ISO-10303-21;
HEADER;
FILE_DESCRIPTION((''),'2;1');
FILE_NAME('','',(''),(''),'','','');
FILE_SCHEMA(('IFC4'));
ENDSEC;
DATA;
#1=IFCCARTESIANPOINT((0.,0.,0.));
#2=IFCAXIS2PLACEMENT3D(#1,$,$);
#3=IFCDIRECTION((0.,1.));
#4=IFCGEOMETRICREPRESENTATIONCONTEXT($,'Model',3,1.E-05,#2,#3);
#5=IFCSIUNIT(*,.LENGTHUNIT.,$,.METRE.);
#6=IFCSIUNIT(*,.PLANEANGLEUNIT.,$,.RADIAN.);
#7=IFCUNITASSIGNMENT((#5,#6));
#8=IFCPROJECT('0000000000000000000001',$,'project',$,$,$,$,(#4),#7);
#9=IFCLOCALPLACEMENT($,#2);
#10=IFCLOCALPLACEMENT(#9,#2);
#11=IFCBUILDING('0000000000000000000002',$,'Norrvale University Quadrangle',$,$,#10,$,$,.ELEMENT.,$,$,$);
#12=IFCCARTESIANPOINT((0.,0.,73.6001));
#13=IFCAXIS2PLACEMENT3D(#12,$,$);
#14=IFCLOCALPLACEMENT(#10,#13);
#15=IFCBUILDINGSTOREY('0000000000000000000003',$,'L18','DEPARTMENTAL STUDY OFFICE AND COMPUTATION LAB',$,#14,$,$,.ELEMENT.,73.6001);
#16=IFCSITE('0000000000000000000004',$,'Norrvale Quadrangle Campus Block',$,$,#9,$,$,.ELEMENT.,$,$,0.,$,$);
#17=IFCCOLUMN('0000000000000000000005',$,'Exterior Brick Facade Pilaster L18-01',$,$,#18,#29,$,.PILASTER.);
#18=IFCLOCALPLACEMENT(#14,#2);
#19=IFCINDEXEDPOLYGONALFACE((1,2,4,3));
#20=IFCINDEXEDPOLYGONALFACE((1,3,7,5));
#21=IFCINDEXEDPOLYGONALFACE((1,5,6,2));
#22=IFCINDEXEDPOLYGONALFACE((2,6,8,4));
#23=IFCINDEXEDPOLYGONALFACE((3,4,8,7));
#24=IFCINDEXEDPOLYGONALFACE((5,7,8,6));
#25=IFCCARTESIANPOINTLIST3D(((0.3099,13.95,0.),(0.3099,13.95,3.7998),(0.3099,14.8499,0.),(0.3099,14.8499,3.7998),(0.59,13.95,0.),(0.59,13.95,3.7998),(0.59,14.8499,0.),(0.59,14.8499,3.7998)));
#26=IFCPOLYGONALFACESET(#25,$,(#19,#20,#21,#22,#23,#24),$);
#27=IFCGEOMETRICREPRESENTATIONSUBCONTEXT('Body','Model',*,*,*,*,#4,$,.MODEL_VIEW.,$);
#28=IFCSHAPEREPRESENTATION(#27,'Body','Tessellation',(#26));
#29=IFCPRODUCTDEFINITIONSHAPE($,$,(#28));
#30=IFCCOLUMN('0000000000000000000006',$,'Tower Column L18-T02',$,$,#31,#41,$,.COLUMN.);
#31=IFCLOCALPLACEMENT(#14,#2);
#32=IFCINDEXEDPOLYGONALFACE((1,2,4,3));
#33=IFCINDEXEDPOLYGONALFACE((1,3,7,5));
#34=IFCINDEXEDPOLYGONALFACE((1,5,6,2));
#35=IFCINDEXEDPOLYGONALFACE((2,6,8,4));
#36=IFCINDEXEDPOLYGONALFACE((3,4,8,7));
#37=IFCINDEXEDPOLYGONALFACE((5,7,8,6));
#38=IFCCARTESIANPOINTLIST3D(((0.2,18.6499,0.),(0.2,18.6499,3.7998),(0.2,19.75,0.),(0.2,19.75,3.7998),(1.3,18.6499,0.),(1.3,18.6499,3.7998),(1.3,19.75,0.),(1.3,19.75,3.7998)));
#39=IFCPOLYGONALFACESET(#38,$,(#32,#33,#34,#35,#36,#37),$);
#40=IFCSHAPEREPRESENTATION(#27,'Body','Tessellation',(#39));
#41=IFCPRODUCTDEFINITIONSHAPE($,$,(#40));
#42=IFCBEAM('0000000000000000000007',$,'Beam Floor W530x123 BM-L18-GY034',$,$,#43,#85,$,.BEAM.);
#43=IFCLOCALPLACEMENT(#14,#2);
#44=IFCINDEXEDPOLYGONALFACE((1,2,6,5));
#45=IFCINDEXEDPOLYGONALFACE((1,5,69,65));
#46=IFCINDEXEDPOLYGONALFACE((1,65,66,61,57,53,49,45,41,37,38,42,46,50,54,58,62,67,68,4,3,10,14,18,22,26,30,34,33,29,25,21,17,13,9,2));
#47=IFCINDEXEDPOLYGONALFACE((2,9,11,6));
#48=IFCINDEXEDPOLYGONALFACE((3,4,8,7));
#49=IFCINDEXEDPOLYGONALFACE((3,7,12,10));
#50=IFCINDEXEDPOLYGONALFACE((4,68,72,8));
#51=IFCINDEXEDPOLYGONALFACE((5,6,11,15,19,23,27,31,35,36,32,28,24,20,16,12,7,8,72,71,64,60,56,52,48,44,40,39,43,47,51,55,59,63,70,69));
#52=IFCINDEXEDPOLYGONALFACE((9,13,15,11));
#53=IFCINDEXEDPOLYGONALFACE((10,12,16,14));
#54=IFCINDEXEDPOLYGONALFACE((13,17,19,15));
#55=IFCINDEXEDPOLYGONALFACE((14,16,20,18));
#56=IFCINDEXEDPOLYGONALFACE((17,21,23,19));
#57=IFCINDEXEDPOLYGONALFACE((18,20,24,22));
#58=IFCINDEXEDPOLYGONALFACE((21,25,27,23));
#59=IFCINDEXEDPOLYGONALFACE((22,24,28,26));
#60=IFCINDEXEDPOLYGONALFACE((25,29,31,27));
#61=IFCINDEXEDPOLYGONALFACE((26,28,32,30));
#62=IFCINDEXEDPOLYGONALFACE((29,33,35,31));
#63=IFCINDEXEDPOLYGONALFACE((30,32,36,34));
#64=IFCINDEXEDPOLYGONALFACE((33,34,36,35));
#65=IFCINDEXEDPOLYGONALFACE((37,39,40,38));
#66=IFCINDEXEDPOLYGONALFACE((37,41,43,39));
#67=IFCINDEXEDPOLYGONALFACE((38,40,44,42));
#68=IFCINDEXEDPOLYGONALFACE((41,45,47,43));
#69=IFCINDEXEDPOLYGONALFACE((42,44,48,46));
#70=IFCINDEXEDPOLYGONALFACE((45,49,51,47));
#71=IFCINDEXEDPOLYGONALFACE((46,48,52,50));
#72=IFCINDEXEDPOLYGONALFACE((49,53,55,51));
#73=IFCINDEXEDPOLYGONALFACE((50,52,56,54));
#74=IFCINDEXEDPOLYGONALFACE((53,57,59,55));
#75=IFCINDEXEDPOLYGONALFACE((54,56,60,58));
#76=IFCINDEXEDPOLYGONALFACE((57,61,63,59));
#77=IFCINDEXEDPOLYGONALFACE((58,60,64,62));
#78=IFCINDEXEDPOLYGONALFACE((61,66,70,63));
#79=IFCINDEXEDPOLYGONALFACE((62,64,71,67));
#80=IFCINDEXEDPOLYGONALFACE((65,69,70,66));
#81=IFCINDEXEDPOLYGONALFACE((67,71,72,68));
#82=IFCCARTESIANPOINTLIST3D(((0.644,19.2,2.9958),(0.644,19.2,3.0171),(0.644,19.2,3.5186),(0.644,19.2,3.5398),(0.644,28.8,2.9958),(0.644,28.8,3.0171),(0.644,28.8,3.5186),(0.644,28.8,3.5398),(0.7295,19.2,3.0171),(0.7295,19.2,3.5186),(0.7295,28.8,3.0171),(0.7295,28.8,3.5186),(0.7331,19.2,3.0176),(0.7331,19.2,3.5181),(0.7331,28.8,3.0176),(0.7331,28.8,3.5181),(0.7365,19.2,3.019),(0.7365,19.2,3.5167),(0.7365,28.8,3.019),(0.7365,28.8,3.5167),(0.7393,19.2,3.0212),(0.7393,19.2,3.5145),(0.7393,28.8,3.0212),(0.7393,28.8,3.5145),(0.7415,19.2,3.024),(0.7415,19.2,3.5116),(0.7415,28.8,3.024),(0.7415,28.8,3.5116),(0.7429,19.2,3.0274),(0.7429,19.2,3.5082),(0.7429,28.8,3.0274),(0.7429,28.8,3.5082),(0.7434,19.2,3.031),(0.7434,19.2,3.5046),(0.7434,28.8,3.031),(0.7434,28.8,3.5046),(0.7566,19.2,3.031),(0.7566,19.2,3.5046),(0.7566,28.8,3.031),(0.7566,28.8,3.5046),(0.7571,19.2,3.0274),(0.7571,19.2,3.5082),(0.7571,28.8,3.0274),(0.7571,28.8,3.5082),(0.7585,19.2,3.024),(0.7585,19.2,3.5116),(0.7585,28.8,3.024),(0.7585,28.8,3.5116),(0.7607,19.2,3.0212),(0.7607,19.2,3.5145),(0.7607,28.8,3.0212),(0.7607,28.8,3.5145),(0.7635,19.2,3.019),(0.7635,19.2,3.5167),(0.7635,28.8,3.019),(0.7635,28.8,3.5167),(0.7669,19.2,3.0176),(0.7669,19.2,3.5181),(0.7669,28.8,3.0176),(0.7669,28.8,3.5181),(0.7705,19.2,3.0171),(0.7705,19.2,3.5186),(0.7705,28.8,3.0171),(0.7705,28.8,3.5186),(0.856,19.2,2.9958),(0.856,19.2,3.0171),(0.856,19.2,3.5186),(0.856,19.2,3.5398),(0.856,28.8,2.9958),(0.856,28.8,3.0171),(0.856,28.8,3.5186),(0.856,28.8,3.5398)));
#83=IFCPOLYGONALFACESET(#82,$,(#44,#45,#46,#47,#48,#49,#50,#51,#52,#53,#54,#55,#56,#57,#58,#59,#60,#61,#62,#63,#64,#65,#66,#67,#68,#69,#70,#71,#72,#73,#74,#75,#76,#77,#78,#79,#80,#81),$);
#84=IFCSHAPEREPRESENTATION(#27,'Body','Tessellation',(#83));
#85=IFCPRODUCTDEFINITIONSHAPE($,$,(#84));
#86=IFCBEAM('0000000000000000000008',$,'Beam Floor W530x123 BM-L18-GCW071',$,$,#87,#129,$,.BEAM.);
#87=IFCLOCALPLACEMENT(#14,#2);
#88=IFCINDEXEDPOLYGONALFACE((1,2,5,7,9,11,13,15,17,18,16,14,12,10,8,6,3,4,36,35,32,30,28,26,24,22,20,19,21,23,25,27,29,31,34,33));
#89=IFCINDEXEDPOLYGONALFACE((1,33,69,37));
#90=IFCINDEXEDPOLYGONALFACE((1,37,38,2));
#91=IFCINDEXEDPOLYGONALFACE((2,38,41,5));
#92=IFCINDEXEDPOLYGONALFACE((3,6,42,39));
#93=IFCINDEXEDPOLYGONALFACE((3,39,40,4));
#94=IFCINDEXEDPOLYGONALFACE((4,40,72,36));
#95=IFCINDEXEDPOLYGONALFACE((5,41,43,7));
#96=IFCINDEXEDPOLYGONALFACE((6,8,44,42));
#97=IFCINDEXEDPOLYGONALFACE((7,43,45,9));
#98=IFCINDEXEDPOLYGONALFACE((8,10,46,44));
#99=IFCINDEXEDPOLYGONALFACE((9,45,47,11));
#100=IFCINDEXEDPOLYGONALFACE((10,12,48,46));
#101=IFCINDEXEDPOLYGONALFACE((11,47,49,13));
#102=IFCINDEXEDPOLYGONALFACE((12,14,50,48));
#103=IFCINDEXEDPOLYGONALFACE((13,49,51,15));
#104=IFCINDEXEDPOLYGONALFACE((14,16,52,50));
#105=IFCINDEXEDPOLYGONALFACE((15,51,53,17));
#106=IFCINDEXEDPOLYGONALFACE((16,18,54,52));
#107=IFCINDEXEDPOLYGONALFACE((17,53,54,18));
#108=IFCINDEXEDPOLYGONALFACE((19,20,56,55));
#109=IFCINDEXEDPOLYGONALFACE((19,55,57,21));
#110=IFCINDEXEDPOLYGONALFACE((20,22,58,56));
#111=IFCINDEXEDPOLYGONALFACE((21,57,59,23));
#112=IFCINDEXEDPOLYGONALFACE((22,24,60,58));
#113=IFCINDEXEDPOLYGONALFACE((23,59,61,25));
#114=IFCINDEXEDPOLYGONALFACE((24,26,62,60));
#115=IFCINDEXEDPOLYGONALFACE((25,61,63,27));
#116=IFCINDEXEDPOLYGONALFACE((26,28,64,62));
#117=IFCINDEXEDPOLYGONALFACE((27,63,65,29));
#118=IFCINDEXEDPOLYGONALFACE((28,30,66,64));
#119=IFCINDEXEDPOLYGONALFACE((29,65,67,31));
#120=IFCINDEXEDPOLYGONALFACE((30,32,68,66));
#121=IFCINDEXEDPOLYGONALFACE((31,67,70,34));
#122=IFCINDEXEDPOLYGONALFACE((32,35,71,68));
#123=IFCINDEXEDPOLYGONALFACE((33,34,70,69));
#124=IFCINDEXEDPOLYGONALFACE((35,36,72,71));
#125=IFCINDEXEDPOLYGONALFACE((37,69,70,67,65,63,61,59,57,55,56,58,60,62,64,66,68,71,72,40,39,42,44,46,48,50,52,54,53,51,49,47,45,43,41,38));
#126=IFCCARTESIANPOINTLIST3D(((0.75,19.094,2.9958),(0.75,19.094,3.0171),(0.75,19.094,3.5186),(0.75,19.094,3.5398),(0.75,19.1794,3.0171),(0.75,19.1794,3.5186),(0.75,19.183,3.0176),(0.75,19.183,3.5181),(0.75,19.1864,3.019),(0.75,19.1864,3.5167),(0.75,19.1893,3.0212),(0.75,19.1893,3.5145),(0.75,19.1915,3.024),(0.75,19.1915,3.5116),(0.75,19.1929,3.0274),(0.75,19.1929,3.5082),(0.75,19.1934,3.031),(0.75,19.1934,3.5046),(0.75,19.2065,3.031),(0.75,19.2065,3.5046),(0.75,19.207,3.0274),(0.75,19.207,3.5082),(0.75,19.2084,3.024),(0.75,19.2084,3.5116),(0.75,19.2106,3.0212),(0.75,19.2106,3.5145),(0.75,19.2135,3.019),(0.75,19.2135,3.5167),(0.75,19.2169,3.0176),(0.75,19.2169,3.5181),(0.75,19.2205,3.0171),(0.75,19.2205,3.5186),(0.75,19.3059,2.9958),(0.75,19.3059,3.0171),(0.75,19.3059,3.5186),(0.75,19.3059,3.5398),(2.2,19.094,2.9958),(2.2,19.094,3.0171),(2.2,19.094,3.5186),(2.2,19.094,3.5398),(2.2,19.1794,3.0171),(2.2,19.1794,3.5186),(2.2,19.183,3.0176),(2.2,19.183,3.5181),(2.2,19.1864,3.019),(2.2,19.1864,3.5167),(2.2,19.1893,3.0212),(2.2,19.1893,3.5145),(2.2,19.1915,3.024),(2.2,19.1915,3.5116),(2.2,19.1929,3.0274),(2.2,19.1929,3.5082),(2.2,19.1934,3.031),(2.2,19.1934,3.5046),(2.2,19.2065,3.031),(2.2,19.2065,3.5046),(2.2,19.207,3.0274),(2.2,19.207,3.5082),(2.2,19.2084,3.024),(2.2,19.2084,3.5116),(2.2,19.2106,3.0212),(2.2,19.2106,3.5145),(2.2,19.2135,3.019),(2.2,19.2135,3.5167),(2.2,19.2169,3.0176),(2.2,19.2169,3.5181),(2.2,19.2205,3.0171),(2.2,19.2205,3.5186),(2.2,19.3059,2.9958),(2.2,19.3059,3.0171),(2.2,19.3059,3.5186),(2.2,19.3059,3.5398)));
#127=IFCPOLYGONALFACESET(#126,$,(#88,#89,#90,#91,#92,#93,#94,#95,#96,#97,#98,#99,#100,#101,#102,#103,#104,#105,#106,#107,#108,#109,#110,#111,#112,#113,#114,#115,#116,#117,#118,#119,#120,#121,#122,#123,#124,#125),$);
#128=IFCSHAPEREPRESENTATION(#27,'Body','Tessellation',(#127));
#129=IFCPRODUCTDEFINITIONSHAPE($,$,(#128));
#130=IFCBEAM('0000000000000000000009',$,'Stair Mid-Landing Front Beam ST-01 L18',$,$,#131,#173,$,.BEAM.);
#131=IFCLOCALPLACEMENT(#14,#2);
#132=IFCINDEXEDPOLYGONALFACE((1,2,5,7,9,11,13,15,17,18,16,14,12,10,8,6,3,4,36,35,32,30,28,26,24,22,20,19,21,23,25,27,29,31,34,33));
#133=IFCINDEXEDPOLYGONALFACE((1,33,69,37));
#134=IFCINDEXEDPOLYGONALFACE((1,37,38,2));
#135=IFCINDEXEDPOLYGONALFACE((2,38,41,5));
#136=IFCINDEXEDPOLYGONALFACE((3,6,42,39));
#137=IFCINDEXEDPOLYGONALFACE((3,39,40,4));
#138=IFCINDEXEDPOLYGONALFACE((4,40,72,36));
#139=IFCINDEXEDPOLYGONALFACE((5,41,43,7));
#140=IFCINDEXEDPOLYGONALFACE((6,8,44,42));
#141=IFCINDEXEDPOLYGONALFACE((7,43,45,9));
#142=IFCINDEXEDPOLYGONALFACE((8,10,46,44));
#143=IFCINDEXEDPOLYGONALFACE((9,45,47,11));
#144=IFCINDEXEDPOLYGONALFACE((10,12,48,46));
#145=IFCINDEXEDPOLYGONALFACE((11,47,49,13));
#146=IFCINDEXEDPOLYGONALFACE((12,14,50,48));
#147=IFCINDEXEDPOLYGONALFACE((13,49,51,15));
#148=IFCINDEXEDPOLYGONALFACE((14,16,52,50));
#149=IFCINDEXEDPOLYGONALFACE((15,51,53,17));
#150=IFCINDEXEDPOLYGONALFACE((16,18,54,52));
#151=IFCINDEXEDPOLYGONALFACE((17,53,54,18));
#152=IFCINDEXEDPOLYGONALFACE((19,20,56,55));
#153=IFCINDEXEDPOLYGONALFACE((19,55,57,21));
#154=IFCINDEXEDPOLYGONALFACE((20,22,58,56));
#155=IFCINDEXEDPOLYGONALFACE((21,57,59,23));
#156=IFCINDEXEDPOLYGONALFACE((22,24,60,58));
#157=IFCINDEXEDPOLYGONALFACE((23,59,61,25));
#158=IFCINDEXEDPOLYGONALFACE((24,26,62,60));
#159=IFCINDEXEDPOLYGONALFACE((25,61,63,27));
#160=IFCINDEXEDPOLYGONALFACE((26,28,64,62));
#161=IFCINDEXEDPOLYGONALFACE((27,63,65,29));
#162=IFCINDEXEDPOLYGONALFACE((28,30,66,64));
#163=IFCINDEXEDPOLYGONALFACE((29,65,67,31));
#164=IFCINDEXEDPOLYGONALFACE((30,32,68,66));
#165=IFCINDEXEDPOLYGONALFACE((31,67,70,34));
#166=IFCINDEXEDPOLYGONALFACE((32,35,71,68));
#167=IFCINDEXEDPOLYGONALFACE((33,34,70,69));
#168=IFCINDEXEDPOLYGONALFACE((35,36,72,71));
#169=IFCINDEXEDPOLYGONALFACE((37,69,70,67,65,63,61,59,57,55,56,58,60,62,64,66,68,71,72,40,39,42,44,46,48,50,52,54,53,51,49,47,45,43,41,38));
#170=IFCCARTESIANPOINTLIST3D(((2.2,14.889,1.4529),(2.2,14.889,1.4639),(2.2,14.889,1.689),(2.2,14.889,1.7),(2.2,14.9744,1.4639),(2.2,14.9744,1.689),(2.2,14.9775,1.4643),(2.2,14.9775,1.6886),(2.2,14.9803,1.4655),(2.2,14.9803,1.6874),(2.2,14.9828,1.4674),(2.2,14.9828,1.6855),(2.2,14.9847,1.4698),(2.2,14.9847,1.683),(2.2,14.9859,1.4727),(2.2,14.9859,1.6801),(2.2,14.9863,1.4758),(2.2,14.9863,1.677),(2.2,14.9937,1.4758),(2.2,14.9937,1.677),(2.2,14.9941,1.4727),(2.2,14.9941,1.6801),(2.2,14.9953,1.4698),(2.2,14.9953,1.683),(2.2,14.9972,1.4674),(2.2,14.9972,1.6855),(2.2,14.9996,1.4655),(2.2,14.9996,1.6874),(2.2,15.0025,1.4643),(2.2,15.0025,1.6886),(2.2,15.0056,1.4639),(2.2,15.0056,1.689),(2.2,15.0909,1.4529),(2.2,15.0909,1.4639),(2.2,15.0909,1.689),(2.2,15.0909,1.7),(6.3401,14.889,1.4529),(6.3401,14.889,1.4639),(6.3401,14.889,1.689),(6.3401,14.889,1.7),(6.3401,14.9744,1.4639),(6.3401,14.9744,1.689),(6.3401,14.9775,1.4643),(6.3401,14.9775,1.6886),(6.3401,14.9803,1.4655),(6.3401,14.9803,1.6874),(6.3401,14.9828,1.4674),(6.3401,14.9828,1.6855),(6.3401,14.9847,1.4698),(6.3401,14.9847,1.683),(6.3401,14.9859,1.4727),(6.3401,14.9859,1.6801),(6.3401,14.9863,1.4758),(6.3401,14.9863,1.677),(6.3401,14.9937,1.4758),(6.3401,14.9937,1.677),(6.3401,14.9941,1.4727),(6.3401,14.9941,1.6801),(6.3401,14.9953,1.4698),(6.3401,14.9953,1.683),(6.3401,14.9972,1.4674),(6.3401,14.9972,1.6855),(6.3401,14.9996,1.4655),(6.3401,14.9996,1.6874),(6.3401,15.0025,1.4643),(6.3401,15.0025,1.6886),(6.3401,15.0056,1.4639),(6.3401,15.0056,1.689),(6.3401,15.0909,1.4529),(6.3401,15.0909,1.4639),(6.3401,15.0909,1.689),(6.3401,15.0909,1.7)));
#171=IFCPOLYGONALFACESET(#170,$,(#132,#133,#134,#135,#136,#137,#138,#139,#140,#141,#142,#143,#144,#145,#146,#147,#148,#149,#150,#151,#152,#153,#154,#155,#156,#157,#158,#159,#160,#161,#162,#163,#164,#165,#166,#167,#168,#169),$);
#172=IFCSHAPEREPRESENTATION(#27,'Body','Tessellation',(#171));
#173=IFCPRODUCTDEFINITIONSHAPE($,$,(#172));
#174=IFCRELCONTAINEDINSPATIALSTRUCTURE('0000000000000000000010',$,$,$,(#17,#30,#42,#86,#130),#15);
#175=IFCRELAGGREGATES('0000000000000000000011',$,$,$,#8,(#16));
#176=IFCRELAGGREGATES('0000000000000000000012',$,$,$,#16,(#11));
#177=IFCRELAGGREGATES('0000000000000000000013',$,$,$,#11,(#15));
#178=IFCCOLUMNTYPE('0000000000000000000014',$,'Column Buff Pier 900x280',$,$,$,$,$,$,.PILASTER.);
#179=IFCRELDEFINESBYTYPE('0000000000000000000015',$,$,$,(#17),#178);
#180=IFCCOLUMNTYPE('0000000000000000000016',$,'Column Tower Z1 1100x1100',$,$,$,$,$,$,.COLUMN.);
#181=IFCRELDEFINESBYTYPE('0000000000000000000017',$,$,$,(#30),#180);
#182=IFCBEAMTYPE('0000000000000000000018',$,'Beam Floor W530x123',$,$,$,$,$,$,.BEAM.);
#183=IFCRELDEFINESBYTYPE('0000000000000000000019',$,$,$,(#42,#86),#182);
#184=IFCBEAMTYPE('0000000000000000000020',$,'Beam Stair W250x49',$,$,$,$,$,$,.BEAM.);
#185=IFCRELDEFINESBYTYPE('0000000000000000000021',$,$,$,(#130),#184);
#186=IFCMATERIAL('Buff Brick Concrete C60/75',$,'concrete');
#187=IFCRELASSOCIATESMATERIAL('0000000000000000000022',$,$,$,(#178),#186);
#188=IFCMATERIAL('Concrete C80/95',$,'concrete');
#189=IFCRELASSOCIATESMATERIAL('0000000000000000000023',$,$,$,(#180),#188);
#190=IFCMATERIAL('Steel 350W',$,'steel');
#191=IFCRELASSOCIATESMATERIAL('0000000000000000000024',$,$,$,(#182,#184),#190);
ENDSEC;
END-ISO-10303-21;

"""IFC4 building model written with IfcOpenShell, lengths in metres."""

from ifc_helpers import new_model, si_unit, direction, frame, origin, origin_2d, place, context, subcontext, project, spatial, rectangle, i_section, extrude, material, material_profile, profile_set, type_object, element, save


model = new_model("IFC4")

# Units and contexts
model_context = context("Model", 3, precision=1e-05, world=origin(), true_north=direction((0.0, 1.0)))
body_context = subcontext(model_context, "Body", "Model", "MODEL_VIEW")
ifc_project = project(units=[si_unit("LENGTHUNIT", "METRE"), si_unit("PLANEANGLEUNIT", "RADIAN")], contexts=[model_context])

# Site, building, storey
site_placement = place(None, origin())
site = spatial("IfcSite", under=ifc_project, at=site_placement, Name="Norrvale Quadrangle Campus Block", CompositionType="ELEMENT", RefElevation=0.0)
building_placement = place(site_placement, origin())
building = spatial("IfcBuilding", under=site, at=building_placement, Name="Norrvale University Quadrangle", CompositionType="ELEMENT")
storey_placement = place(building_placement, frame((0.0, 0.0, 73.6001)))
storey = spatial("IfcBuildingStorey", under=building, at=storey_placement, Name="L18", Description="DEPARTMENTAL STUDY OFFICE AND COMPUTATION LAB", CompositionType="ELEMENT", Elevation=73.6001)

# Columns
ifc_material_1 = material(Name="Buff Brick Concrete C60/75", Category="concrete")
ifc_material_profile_1 = material_profile(ifc_material_1, rectangle(XDim=0.8999, YDim=0.28, at=origin_2d()), Name="Buff Brick Concrete C60/75")
ifc_profile_set_1 = profile_set([ifc_material_profile_1], Name="Buff Brick Concrete C60/75")
column_type_1 = type_object("IfcColumnType", Name="Column Buff Pier 900x280", PredefinedType="PILASTER", material=ifc_profile_set_1)
column_1_placement = place(storey_placement, frame((0.45, 14.3999, 0.0), z_axis=(0.0, 0.0, 1.0), x_axis=(0.0, 1.0, 0.0)))
element("IfcColumn", 1, at=column_1_placement, inside=storey, type_object=column_type_1, Name="Exterior Brick Facade Pilaster L18-01", PredefinedType="PILASTER", context=body_context, shape_type="SweptSolid", body=[
    extrude(rectangle(XDim=0.8999, YDim=0.28, at=origin_2d()), origin(), (0.0, 0.0, 1.0), 3.7998),
])
ifc_material_2 = material(Name="Concrete C80/95", Category="concrete")
ifc_material_profile_2 = material_profile(ifc_material_2, rectangle(XDim=1.1001, YDim=1.1001, at=origin_2d()), Name="Concrete C80/95")
ifc_profile_set_2 = profile_set([ifc_material_profile_2], Name="Concrete C80/95")
column_type_2 = type_object("IfcColumnType", Name="Column Tower Z1 1100x1100", PredefinedType="COLUMN", material=ifc_profile_set_2)
column_2_placement = place(storey_placement, frame((0.75, 19.2, 0.0), z_axis=(0.0, 0.0, 1.0), x_axis=(1.0, 0.0, 0.0)))
element("IfcColumn", 2, at=column_2_placement, inside=storey, type_object=column_type_2, Name="Tower Column L18-T02", PredefinedType="COLUMN", context=body_context, shape_type="SweptSolid", body=[
    extrude(rectangle(XDim=1.1001, YDim=1.1001, at=origin_2d()), origin(), (0.0, 0.0, 1.0), 3.7998),
])

# Beams
ifc_material_3 = material(Name="Steel 350W", Category="steel")
ifc_material_profile_3 = material_profile(ifc_material_3, i_section(OverallWidth=0.2119, OverallDepth=0.5439, WebThickness=0.0132, FlangeThickness=0.0212, FilletRadius=0.0139, at=origin_2d()), Name="Steel 350W")
ifc_profile_set_3 = profile_set([ifc_material_profile_3], Name="Steel 350W")
beam_type_1 = type_object("IfcBeamType", Name="Beam Floor W530x123", PredefinedType="BEAM", material=ifc_profile_set_3)
beam_1_placement = place(storey_placement, frame((0.75, 19.2, 3.2678), z_axis=(0.0, 1.0, 0.0), x_axis=(-1.0, 0.0, 0.0)))
element("IfcBeam", 3, at=beam_1_placement, inside=storey, type_object=beam_type_1, Name="Beam Floor W530x123 BM-L18-GY034", PredefinedType="BEAM", context=body_context, shape_type="SweptSolid", body=[
    extrude(i_section(OverallWidth=0.2119, OverallDepth=0.5439, WebThickness=0.0132, FlangeThickness=0.0212, FilletRadius=0.0139, at=origin_2d()), origin(), (0.0, 0.0, 1.0), 9.6001),
])
beam_2_placement = place(storey_placement, frame((0.75, 19.2, 3.2678), z_axis=(1.0, 0.0, 0.0), x_axis=(0.0, 1.0, 0.0)))
element("IfcBeam", 4, at=beam_2_placement, inside=storey, type_object=beam_type_1, Name="Beam Floor W530x123 BM-L18-GCW071", PredefinedType="BEAM", context=body_context, shape_type="SweptSolid", body=[
    extrude(i_section(OverallWidth=0.2119, OverallDepth=0.5439, WebThickness=0.0132, FlangeThickness=0.0212, FilletRadius=0.0139, at=origin_2d()), origin(), (0.0, 0.0, 1.0), 1.45),
])
ifc_material_profile_4 = material_profile(ifc_material_3, i_section(OverallWidth=0.2019, OverallDepth=0.2471, WebThickness=0.0073, FlangeThickness=0.011, FilletRadius=0.012, at=origin_2d()), Name="Steel 350W")
ifc_profile_set_4 = profile_set([ifc_material_profile_4], Name="Steel 350W")
beam_type_2 = type_object("IfcBeamType", Name="Beam Stair W250x49", PredefinedType="BEAM", material=ifc_profile_set_4)
for number, where, z_axis, x_axis, name in (
    (5, (2.2, 14.99, 1.5764), (1.0, 0.0, 0.0), (0.0, 1.0, 0.0), "Stair Mid-Landing Front Beam ST-01 L18"),
):
    element("IfcBeam", number, at=place(storey_placement, frame(where, z_axis=z_axis, x_axis=x_axis)), inside=storey, type_object=beam_type_2, Name=name, PredefinedType="BEAM", context=body_context, shape_type="SweptSolid", body=[
        extrude(i_section(OverallWidth=0.2019, OverallDepth=0.2471, WebThickness=0.0073, FlangeThickness=0.011, FilletRadius=0.012, at=origin_2d()), origin(), (0.0, 0.0, 1.0), 4.1401),
    ])

save(model, "model.ifc")
